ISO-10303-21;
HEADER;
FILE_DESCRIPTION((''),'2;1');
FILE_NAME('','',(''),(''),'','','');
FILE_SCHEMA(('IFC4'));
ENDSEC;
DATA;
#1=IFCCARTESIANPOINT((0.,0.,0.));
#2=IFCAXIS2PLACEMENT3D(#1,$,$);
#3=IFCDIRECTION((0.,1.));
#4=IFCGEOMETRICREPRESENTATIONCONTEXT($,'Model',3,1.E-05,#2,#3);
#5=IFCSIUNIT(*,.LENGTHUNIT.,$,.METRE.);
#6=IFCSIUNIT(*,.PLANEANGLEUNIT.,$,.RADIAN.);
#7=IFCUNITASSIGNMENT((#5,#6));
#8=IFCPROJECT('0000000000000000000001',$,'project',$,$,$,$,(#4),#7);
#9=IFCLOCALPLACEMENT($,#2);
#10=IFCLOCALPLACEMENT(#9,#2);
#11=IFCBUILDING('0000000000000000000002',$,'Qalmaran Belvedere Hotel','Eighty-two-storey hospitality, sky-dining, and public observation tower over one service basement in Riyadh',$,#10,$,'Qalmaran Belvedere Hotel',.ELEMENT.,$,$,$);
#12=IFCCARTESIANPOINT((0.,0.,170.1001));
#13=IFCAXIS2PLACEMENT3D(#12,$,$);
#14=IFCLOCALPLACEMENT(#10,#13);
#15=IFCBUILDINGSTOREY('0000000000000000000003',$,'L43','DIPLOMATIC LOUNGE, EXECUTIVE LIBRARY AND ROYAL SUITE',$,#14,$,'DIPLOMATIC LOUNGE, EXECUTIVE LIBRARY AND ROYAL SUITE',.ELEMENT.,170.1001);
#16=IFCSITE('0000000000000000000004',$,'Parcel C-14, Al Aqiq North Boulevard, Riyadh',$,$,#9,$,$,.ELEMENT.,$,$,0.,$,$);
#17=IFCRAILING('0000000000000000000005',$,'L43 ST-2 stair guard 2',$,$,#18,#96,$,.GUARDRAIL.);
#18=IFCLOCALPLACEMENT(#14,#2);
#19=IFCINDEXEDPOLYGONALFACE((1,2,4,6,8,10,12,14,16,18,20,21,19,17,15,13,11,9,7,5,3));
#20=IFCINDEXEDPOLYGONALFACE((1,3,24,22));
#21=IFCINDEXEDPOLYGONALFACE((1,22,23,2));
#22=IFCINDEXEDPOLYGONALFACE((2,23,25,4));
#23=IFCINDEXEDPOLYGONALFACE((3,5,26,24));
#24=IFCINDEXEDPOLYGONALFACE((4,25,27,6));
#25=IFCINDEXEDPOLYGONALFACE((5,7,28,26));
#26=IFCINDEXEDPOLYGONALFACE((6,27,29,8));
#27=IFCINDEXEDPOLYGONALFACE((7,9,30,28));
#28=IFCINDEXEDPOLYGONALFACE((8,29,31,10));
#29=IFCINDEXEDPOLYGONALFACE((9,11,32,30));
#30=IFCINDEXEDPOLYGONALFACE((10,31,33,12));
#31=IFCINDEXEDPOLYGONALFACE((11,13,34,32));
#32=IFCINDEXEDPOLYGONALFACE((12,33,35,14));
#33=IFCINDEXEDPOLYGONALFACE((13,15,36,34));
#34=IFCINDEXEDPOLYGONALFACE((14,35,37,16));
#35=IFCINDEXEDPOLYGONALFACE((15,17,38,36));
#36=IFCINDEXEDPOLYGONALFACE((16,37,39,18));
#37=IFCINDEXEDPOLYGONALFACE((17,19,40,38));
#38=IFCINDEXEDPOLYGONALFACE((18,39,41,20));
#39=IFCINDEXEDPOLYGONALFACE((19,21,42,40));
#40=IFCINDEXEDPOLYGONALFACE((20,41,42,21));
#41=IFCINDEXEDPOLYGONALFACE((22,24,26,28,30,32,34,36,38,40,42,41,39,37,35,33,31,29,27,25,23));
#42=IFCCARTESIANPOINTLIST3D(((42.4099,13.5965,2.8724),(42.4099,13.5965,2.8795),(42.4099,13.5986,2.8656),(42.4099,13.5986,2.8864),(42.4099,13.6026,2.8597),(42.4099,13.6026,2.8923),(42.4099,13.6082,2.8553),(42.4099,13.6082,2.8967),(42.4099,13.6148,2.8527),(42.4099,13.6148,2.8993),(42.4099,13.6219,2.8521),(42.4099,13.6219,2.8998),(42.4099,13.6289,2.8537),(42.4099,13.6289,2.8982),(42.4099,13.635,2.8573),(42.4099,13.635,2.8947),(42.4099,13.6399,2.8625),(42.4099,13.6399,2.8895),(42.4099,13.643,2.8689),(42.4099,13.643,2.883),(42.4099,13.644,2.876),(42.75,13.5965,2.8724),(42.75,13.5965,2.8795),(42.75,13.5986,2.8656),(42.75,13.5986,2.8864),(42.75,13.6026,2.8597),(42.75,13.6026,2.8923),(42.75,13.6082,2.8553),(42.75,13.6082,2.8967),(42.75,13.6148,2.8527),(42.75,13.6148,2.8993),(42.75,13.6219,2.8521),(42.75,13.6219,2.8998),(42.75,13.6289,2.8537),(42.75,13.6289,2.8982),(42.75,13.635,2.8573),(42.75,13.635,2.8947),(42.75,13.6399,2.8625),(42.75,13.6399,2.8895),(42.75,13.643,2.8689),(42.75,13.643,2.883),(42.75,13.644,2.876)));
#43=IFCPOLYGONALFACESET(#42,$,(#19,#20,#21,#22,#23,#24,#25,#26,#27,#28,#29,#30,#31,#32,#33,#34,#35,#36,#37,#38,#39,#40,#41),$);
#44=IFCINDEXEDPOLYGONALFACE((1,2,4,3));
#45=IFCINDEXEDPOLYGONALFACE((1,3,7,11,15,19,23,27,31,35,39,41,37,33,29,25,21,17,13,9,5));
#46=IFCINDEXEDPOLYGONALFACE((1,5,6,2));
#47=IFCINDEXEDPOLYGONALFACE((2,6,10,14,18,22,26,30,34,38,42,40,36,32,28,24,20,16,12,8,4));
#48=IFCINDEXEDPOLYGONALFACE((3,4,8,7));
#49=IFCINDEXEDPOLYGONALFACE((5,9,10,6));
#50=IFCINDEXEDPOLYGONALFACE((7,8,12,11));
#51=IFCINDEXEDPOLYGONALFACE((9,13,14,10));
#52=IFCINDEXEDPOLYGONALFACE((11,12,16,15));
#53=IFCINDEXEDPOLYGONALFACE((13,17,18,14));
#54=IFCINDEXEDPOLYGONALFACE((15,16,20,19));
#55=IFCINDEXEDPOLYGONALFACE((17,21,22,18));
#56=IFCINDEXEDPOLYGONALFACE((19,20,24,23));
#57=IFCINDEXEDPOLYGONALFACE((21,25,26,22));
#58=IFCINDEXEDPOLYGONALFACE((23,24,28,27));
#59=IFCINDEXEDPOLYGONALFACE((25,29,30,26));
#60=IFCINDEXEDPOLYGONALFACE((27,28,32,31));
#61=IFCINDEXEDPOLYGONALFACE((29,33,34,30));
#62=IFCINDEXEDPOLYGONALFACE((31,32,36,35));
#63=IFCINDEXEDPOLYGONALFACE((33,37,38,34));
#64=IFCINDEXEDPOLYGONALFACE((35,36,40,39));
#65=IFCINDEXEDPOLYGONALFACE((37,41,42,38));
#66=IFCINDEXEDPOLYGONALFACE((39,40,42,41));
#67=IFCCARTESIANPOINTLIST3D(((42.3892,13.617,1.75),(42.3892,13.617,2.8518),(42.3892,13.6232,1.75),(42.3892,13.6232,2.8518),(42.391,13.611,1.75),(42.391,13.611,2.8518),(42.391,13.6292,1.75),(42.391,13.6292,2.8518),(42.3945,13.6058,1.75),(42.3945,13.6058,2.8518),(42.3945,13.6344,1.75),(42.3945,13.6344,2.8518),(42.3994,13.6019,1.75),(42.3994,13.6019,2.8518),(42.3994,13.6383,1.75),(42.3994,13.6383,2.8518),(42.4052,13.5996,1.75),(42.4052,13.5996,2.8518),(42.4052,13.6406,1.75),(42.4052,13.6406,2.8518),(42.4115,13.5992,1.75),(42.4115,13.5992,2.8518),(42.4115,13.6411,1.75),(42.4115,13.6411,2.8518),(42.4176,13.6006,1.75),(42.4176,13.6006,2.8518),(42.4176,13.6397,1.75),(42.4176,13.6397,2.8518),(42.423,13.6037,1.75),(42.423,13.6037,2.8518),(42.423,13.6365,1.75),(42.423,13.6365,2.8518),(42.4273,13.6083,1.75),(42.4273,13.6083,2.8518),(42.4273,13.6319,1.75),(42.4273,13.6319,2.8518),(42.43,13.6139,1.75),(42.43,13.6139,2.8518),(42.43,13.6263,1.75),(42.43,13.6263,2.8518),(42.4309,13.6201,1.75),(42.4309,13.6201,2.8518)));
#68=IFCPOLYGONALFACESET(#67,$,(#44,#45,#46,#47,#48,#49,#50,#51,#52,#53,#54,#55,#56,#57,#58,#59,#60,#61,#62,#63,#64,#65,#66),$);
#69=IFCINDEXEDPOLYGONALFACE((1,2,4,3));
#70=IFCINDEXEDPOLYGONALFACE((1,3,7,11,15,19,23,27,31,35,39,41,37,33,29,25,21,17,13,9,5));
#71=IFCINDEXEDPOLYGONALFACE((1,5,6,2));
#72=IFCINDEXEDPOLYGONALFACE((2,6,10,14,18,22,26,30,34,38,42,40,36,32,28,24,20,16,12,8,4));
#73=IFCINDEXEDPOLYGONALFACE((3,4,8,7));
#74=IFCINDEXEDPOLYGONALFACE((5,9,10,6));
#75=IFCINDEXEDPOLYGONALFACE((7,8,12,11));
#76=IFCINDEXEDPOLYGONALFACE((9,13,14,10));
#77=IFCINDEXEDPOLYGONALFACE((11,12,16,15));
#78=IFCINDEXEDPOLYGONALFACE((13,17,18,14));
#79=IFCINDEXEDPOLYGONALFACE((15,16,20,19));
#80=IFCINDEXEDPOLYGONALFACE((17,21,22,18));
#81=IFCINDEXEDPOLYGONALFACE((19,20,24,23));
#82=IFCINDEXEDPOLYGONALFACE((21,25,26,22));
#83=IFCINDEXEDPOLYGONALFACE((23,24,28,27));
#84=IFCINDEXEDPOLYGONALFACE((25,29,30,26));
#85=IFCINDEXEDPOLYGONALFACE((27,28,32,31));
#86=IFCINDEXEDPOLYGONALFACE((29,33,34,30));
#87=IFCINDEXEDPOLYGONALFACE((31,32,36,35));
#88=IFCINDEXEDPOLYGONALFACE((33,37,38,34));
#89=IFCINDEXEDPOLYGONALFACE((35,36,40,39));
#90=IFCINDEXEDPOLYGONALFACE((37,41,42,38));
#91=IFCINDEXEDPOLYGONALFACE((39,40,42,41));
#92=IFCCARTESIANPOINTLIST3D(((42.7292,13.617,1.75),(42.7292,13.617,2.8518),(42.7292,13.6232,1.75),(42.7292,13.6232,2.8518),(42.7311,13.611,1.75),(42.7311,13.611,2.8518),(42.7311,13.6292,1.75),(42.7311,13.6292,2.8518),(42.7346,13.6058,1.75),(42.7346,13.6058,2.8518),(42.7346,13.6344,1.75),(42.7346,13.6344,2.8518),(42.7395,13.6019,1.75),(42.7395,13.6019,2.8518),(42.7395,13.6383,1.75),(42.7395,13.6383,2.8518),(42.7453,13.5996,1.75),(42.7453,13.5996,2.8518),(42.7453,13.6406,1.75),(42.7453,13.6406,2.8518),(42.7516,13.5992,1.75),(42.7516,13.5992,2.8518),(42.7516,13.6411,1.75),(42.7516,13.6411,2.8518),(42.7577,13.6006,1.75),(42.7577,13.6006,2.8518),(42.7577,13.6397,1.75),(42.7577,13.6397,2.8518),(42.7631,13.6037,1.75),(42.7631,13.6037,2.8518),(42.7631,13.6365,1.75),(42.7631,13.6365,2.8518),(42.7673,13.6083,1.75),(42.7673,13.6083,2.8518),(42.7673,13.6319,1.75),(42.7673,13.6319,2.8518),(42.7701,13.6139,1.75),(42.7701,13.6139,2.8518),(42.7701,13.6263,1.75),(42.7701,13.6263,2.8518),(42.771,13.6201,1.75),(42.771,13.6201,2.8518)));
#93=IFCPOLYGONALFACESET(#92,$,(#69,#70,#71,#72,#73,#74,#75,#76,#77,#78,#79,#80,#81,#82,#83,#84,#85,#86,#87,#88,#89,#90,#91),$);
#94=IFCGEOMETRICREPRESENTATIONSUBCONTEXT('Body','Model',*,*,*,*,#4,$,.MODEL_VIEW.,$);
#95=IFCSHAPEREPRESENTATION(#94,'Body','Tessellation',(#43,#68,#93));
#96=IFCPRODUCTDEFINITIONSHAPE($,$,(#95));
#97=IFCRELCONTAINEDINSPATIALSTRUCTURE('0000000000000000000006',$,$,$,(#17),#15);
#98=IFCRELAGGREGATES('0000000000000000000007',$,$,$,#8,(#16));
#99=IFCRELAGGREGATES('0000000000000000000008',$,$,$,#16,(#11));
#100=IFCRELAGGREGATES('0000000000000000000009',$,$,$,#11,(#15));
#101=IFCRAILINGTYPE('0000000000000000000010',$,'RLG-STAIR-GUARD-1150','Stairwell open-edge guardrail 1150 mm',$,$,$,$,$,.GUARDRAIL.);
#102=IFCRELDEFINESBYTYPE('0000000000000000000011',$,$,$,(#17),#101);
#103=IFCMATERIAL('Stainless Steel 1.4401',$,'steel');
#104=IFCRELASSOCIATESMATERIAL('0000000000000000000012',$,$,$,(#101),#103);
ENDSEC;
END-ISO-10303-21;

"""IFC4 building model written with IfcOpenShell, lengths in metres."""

from ifc_helpers import new_model, si_unit, direction, frame, origin, origin_2d, place, context, subcontext, project, spatial, circle, extrude, material, type_object, element, save


model = new_model("IFC4")

# Units and contexts
model_context = context("Model", 3, precision=1e-05, world=origin(), true_north=direction((0.0, 1.0)))
body_context = subcontext(model_context, "Body", "Model", "MODEL_VIEW")
ifc_project = project(units=[si_unit("LENGTHUNIT", "METRE"), si_unit("PLANEANGLEUNIT", "RADIAN")], contexts=[model_context])

# Site, building, storey
site_placement = place(None, origin())
site = spatial("IfcSite", under=ifc_project, at=site_placement, Name="Parcel C-14, Al Aqiq North Boulevard, Riyadh", CompositionType="ELEMENT", RefElevation=0.0)
building_placement = place(site_placement, origin())
building = spatial("IfcBuilding", under=site, at=building_placement, Name="Qalmaran Belvedere Hotel", Description="Eighty-two-storey hospitality, sky-dining, and public observation tower over one service basement in Riyadh", LongName="Qalmaran Belvedere Hotel", CompositionType="ELEMENT")
storey_placement = place(building_placement, frame((0.0, 0.0, 170.1001)))
storey = spatial("IfcBuildingStorey", under=building, at=storey_placement, Name="L43", Description="DIPLOMATIC LOUNGE, EXECUTIVE LIBRARY AND ROYAL SUITE", LongName="DIPLOMATIC LOUNGE, EXECUTIVE LIBRARY AND ROYAL SUITE", CompositionType="ELEMENT", Elevation=170.1001)

# Shared definitions
ifc_material_1 = material(Name="Stainless Steel 1.4401", Category="steel")

# Railing
railing_type_1 = type_object("IfcRailingType", Name="RLG-STAIR-GUARD-1150", Description="Stairwell open-edge guardrail 1150 mm", PredefinedType="GUARDRAIL", material=ifc_material_1)
railing_1_placement = place(storey_placement, frame((42.4099, 13.6201, 1.75)))
element("IfcRailing", 1, at=railing_1_placement, inside=storey, type_object=railing_type_1, Name="L43 ST-2 stair guard 2", PredefinedType="GUARDRAIL", context=body_context, shape_type="SweptSolid", body=[
    extrude(circle(Radius=0.0239, at=origin_2d()), frame((0.0, 0.0, 1.126), z_axis=(1.0, 0.0, 0.0), x_axis=(0.0, 1.0, 0.0)), (0.0, 0.0, 1.0), 0.3401),
    extrude(circle(Radius=0.021, at=origin_2d()), origin(), (0.0, 0.0, 1.0), 1.1018),
    extrude(circle(Radius=0.021, at=origin_2d()), frame((0.3401, 0.0, 0.0)), (0.0, 0.0, 1.0), 1.1018),
])

save(model, "model.ifc")
